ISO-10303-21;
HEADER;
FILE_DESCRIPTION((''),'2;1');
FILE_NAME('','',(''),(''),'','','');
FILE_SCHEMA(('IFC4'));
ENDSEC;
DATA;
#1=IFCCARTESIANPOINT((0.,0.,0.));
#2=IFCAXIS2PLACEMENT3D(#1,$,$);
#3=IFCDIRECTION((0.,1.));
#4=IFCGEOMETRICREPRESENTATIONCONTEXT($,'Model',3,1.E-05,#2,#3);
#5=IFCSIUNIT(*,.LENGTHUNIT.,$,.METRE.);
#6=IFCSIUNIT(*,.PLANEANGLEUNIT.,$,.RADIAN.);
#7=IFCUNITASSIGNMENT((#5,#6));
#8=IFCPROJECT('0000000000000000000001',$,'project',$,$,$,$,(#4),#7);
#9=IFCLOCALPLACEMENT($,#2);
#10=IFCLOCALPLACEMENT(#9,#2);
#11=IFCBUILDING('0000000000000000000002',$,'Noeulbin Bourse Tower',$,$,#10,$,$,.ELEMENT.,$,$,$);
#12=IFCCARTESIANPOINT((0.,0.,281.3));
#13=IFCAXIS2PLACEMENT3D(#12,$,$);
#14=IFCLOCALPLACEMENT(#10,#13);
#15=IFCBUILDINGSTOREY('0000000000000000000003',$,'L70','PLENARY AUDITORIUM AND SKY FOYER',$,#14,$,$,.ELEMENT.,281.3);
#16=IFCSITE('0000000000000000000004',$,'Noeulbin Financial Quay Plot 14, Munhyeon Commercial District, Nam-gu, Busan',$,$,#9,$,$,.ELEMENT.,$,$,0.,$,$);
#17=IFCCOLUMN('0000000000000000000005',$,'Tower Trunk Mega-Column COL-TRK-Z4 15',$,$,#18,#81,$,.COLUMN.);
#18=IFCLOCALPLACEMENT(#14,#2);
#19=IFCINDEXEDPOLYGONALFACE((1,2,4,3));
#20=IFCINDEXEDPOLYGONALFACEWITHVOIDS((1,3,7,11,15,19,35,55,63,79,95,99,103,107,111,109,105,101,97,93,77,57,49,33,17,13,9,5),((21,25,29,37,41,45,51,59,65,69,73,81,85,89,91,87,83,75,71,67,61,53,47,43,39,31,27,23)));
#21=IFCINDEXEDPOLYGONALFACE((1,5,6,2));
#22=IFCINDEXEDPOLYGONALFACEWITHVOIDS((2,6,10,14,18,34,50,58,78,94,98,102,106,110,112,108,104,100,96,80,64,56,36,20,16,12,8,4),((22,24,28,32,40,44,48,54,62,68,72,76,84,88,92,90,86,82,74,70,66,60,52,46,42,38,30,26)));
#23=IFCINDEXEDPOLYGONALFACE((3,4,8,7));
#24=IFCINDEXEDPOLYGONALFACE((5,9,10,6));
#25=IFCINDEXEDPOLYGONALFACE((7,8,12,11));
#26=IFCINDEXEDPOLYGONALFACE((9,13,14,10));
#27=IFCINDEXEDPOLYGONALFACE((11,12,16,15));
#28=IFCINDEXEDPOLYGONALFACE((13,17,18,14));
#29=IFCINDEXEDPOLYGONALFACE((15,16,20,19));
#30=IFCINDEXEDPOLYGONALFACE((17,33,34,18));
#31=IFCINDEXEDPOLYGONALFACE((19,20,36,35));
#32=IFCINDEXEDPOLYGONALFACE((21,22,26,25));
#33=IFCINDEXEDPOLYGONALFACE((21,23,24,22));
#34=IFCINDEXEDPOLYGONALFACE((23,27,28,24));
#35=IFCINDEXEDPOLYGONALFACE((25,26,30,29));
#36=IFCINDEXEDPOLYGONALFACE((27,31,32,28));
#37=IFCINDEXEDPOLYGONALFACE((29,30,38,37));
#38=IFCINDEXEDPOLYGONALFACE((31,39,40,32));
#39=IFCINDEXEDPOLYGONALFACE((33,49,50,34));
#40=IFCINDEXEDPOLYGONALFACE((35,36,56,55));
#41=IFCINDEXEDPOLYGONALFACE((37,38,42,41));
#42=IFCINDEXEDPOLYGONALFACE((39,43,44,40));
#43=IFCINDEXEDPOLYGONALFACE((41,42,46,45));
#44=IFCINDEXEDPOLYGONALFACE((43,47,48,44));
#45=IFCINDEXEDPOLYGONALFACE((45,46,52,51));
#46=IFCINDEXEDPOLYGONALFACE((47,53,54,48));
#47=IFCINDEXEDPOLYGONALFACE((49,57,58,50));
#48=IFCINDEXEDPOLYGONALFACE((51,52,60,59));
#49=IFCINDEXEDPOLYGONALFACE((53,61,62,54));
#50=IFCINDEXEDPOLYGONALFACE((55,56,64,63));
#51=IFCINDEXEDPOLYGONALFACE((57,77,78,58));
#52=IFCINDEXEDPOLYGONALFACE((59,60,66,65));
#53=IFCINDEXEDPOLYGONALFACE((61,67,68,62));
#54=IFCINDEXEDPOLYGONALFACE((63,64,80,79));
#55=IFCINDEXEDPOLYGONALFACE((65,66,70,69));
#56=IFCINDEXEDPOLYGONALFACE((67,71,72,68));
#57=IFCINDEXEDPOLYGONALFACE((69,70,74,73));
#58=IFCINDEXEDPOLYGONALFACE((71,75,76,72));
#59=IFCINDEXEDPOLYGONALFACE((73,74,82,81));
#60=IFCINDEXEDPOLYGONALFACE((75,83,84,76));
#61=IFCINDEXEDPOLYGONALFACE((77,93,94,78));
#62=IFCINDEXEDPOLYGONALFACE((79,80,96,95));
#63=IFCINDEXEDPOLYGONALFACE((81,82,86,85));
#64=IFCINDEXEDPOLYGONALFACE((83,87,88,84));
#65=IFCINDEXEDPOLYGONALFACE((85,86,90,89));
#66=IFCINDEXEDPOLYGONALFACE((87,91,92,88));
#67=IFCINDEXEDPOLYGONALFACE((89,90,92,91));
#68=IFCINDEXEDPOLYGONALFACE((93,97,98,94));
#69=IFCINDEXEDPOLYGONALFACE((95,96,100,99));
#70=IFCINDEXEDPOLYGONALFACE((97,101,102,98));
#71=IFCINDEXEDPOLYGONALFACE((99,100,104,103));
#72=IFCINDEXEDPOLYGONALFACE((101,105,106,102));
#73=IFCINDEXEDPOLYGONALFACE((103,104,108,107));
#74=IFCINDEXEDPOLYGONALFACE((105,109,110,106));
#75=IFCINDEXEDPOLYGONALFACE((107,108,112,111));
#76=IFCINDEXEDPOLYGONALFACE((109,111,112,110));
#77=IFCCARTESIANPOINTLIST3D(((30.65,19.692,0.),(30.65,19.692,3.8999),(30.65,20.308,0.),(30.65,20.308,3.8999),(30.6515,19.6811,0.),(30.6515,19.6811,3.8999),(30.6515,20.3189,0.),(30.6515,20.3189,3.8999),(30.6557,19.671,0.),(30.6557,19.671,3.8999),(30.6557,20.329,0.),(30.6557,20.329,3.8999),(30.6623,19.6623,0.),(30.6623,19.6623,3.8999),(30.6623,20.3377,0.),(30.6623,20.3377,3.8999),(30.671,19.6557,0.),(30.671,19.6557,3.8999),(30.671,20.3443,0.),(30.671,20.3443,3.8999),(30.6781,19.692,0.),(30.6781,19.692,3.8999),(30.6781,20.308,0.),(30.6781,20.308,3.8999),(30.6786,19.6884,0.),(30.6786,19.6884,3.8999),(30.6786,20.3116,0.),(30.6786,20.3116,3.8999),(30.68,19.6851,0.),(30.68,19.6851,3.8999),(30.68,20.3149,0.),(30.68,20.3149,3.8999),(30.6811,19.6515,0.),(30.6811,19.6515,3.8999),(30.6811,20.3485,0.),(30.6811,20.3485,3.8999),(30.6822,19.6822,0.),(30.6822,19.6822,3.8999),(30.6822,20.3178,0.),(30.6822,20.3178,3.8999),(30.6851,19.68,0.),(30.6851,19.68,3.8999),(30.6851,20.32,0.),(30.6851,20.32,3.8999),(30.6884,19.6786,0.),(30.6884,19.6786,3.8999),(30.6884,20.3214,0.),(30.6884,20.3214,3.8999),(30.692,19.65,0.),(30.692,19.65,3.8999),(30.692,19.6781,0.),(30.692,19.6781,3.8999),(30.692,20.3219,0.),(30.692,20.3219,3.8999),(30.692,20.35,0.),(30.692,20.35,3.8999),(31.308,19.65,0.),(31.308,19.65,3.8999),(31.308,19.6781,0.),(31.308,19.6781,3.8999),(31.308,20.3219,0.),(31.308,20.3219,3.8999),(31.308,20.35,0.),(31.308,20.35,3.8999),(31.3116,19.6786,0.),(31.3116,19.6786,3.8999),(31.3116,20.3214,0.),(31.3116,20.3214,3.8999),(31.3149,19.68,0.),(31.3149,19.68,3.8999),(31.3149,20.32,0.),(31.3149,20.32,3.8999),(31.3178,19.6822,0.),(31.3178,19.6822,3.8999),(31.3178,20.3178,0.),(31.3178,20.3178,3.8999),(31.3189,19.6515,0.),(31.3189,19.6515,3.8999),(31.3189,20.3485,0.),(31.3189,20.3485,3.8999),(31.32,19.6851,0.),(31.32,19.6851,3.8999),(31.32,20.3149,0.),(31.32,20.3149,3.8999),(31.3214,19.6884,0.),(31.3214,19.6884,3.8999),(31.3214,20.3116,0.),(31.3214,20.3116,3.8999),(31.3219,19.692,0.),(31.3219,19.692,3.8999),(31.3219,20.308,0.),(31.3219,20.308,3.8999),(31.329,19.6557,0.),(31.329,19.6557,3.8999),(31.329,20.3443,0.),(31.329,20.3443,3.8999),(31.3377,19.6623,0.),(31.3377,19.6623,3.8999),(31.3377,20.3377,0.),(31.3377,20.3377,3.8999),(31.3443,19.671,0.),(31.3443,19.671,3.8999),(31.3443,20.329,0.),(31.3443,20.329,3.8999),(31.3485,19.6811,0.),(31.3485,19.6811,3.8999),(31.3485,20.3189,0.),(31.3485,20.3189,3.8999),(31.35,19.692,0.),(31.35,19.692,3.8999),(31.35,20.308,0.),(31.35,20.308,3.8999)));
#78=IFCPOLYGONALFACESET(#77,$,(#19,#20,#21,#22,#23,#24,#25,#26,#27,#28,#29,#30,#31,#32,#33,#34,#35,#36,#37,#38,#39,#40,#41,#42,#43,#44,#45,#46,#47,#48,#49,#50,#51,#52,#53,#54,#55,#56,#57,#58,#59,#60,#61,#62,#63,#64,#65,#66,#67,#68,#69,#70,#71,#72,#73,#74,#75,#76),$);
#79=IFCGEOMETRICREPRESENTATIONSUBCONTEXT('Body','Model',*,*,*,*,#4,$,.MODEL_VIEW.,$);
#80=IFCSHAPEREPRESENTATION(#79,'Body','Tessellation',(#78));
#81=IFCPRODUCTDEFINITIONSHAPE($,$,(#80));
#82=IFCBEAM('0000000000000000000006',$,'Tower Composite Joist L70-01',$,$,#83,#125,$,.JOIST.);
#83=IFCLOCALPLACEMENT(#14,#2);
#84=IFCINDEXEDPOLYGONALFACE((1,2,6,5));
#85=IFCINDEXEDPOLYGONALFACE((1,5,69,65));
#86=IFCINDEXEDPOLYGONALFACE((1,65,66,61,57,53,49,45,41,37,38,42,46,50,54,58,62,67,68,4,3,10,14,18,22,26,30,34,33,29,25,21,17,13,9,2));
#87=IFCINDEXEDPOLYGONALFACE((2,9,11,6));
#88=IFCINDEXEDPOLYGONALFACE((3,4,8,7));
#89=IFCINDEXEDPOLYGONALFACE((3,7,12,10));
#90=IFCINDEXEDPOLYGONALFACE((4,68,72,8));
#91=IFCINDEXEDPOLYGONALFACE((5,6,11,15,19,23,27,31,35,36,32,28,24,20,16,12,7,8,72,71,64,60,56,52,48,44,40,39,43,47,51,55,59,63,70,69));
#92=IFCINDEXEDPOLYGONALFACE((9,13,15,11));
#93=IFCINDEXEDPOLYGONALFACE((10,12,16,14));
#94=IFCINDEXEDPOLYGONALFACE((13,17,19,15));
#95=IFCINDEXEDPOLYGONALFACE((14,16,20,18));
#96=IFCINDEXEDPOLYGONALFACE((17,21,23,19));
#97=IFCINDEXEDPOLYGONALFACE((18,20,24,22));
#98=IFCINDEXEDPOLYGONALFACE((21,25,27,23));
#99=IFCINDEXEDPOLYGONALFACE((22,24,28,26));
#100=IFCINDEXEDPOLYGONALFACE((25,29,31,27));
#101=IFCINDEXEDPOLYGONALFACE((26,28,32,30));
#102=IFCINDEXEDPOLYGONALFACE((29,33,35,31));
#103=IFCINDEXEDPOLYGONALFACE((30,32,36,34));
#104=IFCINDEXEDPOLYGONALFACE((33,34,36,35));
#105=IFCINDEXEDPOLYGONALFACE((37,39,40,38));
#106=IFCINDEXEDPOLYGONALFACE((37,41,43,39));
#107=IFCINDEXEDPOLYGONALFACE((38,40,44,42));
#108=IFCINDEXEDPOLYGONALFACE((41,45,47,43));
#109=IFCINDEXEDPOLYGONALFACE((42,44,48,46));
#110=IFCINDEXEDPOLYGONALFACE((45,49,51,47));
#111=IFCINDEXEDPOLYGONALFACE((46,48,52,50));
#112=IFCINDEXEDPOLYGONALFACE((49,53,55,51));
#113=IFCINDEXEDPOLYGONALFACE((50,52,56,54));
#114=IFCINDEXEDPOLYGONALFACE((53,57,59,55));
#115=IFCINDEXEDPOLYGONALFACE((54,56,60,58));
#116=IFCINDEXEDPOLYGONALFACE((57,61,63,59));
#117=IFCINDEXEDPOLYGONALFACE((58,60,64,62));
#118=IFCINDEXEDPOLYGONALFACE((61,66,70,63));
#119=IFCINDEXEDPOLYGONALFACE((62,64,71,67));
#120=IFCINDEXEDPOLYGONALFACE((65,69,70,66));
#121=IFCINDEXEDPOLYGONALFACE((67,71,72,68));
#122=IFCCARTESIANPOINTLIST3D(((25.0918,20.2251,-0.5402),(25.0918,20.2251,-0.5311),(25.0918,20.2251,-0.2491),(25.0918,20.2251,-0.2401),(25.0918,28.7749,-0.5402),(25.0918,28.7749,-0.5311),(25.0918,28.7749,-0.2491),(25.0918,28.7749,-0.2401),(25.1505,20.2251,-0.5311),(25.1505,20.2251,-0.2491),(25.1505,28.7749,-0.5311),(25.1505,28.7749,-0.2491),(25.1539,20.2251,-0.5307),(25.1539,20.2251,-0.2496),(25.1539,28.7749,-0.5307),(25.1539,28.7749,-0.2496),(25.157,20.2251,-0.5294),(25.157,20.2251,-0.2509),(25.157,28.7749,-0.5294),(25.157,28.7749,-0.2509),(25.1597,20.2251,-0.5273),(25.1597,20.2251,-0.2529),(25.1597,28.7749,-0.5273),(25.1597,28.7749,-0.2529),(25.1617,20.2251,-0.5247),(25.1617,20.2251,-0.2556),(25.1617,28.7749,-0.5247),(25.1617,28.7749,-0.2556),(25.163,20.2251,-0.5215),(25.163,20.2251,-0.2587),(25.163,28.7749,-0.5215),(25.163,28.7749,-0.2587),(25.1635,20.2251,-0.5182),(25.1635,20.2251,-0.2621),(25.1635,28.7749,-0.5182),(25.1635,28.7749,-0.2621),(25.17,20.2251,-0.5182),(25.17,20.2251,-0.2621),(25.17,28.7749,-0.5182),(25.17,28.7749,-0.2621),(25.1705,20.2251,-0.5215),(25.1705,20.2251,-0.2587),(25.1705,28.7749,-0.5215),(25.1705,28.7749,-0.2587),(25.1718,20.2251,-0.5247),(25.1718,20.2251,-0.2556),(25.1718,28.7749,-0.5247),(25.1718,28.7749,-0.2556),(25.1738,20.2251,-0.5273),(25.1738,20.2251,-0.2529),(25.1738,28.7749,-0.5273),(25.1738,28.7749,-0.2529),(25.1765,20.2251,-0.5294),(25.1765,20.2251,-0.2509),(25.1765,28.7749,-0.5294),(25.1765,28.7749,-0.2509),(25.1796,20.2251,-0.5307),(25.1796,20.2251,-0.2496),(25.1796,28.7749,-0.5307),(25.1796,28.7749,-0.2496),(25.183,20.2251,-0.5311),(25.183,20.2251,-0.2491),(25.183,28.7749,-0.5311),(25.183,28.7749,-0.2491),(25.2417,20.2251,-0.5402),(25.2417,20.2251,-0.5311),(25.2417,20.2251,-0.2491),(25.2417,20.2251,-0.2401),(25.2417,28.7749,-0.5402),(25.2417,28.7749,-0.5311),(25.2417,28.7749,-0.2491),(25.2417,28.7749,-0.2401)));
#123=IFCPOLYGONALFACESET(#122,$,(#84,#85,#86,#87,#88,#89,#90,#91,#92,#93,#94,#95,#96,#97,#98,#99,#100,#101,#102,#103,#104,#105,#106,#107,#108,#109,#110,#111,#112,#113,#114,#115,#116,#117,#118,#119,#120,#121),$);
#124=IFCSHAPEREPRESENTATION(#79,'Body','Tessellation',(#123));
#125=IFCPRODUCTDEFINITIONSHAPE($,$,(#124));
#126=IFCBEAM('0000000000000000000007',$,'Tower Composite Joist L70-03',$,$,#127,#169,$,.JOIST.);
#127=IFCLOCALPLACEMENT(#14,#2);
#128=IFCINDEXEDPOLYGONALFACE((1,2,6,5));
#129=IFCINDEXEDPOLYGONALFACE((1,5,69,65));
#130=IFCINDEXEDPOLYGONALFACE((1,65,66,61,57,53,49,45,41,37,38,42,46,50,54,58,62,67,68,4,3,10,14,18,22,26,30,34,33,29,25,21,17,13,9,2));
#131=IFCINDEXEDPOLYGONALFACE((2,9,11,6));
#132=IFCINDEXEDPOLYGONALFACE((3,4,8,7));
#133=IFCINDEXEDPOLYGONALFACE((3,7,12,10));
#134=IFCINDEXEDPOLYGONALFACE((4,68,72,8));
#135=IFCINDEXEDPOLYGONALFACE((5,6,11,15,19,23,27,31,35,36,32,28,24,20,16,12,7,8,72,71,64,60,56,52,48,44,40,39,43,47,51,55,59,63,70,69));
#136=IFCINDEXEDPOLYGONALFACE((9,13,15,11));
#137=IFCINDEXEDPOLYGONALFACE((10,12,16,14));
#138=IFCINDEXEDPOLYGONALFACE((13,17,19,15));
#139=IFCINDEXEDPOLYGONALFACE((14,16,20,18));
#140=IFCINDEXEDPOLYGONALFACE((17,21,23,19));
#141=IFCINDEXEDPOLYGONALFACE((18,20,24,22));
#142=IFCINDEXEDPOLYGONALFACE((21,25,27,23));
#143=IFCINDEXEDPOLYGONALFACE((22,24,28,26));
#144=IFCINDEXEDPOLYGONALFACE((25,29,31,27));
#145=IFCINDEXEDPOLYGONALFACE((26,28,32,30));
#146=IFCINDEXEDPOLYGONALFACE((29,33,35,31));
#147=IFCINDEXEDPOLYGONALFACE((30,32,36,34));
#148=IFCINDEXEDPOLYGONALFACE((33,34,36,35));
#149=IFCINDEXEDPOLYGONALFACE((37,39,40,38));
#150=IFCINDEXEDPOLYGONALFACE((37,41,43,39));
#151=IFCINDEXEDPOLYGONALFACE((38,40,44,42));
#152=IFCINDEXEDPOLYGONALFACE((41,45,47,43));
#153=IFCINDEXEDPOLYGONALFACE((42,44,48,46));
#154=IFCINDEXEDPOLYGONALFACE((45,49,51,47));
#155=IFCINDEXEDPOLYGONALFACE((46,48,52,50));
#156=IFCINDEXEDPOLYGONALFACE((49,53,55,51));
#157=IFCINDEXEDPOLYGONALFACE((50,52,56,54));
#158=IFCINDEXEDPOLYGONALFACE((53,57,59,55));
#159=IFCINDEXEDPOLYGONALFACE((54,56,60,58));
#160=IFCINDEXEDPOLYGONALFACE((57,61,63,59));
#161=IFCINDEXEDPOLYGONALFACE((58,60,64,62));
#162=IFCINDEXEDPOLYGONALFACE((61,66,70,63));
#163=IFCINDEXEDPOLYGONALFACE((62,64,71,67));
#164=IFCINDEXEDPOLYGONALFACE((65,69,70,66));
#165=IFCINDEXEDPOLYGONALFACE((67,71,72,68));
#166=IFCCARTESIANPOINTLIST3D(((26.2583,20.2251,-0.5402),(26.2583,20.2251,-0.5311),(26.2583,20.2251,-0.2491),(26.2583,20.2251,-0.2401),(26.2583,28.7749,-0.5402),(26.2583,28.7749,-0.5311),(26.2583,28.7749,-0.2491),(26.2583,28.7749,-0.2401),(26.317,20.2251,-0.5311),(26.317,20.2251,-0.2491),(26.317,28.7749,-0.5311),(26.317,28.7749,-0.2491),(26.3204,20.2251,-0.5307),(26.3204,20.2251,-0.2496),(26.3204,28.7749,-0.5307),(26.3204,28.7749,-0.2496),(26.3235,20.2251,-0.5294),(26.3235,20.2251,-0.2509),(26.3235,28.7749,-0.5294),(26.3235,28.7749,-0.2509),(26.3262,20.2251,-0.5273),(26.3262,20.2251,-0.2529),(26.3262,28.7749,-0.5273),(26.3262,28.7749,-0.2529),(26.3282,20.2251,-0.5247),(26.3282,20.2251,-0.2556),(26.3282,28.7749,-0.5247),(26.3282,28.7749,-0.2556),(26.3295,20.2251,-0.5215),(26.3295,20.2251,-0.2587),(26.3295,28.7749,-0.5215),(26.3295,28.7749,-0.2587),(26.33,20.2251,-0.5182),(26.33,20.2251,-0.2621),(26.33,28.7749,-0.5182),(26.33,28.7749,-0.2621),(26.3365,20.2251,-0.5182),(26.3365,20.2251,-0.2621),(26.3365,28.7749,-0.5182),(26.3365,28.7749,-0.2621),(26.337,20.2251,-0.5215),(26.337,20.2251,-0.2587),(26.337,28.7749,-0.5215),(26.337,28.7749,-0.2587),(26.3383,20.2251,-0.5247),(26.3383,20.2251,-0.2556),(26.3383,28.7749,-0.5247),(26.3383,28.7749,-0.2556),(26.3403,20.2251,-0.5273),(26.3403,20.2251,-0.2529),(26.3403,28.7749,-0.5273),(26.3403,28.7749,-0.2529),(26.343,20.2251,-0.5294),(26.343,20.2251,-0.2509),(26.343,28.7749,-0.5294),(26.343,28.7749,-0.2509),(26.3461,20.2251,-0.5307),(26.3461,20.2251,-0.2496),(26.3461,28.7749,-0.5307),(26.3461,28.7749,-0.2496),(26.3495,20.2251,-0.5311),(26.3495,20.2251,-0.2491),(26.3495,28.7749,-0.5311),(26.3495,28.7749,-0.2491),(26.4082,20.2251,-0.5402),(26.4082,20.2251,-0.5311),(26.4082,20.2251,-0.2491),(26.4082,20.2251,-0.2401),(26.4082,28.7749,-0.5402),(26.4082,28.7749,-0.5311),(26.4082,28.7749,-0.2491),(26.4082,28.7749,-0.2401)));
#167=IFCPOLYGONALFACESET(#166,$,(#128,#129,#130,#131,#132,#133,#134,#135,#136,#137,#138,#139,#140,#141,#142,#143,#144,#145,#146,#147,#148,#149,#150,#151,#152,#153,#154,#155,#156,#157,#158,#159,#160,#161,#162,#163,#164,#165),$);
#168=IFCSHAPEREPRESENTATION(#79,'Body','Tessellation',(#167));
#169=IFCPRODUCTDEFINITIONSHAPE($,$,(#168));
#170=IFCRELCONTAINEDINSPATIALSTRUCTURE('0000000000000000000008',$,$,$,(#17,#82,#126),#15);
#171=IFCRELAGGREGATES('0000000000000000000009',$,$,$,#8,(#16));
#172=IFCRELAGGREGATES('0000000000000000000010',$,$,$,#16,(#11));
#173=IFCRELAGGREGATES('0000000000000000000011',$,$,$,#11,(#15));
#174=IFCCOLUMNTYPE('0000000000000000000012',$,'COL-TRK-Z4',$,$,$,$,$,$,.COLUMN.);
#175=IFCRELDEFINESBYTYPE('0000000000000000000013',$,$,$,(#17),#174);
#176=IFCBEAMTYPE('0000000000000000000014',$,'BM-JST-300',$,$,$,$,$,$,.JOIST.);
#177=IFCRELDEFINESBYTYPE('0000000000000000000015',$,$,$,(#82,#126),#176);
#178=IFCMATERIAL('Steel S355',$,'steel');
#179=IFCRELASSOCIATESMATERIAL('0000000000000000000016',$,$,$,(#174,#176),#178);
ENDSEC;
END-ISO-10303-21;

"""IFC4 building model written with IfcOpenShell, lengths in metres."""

from ifc_helpers import new_model, si_unit, direction, frame, origin, origin_2d, place, context, subcontext, project, spatial, hollow_rectangle, i_section, extrude, material, material_profile, profile_set, type_object, element, save


model = new_model("IFC4")

# Units and contexts
model_context = context("Model", 3, precision=1e-05, world=origin(), true_north=direction((0.0, 1.0)))
body_context = subcontext(model_context, "Body", "Model", "MODEL_VIEW")
ifc_project = project(units=[si_unit("LENGTHUNIT", "METRE"), si_unit("PLANEANGLEUNIT", "RADIAN")], contexts=[model_context])

# Site, building, storey
site_placement = place(None, origin())
site = spatial("IfcSite", under=ifc_project, at=site_placement, Name="Noeulbin Financial Quay Plot 14, Munhyeon Commercial District, Nam-gu, Busan", CompositionType="ELEMENT", RefElevation=0.0)
building_placement = place(site_placement, origin())
building = spatial("IfcBuilding", under=site, at=building_placement, Name="Noeulbin Bourse Tower", CompositionType="ELEMENT")
storey_placement = place(building_placement, frame((0.0, 0.0, 281.3)))
storey = spatial("IfcBuildingStorey", under=building, at=storey_placement, Name="L70", Description="PLENARY AUDITORIUM AND SKY FOYER", CompositionType="ELEMENT", Elevation=281.3)

# Column
ifc_material_1 = material(Name="Steel S355", Category="steel")
ifc_material_profile_1 = material_profile(ifc_material_1, hollow_rectangle(XDim=0.7, YDim=0.7, WallThickness=0.0281, InnerFilletRadius=0.0139, OuterFilletRadius=0.042, at=origin_2d()), Name="BOX-700x700x28", Category="LoadBearing")
ifc_profile_set_1 = profile_set([ifc_material_profile_1], Name="Steel S355")
column_type = type_object("IfcColumnType", Name="COL-TRK-Z4", PredefinedType="COLUMN", material=ifc_profile_set_1)
for number, where, z_axis, x_axis, name in (
    (1, (31.0, 20.0, 0.0), (0.0, 0.0, 1.0), (1.0, 0.0, 0.0), "Tower Trunk Mega-Column COL-TRK-Z4 15"),
):
    element("IfcColumn", number, at=place(storey_placement, frame(where, z_axis=z_axis, x_axis=x_axis)), inside=storey, type_object=column_type, Name=name, PredefinedType="COLUMN", context=body_context, shape_type="SweptSolid", body=[
        extrude(hollow_rectangle(XDim=0.7, YDim=0.7, WallThickness=0.0281, InnerFilletRadius=0.0139, OuterFilletRadius=0.042, at=origin_2d()), origin(), (0.0, 0.0, 1.0), 3.8999),
    ])

# Beams
ifc_material_profile_2 = material_profile(ifc_material_1, i_section(OverallWidth=0.1499, OverallDepth=0.3, WebThickness=0.0066, FlangeThickness=0.009, FilletRadius=0.0129, at=origin_2d()), Name="H-300x150x6.5x9", Category="LoadBearing")
ifc_profile_set_2 = profile_set([ifc_material_profile_2], Name="Steel S355")
beam_type_1 = type_object("IfcBeamType", Name="BM-JST-300", PredefinedType="JOIST", material=ifc_profile_set_2)
for number, where, z_axis, x_axis, name in (
    (2, (25.1667, 20.2251, -0.3901), (0.0, 1.0, 0.0), (-1.0, 0.0, 0.0), "Tower Composite Joist L70-01"),
    (3, (26.3333, 20.2251, -0.3901), (0.0, 1.0, 0.0), (-1.0, 0.0, 0.0), "Tower Composite Joist L70-03"),
):
    element("IfcBeam", number, at=place(storey_placement, frame(where, z_axis=z_axis, x_axis=x_axis)), inside=storey, type_object=beam_type_1, Name=name, PredefinedType="JOIST", context=body_context, shape_type="SweptSolid", body=[
        extrude(i_section(OverallWidth=0.1499, OverallDepth=0.3, WebThickness=0.0066, FlangeThickness=0.009, FilletRadius=0.0129, at=origin_2d()), origin(), (0.0, 0.0, 1.0), 8.5498),
    ])

save(model, "model.ifc")
